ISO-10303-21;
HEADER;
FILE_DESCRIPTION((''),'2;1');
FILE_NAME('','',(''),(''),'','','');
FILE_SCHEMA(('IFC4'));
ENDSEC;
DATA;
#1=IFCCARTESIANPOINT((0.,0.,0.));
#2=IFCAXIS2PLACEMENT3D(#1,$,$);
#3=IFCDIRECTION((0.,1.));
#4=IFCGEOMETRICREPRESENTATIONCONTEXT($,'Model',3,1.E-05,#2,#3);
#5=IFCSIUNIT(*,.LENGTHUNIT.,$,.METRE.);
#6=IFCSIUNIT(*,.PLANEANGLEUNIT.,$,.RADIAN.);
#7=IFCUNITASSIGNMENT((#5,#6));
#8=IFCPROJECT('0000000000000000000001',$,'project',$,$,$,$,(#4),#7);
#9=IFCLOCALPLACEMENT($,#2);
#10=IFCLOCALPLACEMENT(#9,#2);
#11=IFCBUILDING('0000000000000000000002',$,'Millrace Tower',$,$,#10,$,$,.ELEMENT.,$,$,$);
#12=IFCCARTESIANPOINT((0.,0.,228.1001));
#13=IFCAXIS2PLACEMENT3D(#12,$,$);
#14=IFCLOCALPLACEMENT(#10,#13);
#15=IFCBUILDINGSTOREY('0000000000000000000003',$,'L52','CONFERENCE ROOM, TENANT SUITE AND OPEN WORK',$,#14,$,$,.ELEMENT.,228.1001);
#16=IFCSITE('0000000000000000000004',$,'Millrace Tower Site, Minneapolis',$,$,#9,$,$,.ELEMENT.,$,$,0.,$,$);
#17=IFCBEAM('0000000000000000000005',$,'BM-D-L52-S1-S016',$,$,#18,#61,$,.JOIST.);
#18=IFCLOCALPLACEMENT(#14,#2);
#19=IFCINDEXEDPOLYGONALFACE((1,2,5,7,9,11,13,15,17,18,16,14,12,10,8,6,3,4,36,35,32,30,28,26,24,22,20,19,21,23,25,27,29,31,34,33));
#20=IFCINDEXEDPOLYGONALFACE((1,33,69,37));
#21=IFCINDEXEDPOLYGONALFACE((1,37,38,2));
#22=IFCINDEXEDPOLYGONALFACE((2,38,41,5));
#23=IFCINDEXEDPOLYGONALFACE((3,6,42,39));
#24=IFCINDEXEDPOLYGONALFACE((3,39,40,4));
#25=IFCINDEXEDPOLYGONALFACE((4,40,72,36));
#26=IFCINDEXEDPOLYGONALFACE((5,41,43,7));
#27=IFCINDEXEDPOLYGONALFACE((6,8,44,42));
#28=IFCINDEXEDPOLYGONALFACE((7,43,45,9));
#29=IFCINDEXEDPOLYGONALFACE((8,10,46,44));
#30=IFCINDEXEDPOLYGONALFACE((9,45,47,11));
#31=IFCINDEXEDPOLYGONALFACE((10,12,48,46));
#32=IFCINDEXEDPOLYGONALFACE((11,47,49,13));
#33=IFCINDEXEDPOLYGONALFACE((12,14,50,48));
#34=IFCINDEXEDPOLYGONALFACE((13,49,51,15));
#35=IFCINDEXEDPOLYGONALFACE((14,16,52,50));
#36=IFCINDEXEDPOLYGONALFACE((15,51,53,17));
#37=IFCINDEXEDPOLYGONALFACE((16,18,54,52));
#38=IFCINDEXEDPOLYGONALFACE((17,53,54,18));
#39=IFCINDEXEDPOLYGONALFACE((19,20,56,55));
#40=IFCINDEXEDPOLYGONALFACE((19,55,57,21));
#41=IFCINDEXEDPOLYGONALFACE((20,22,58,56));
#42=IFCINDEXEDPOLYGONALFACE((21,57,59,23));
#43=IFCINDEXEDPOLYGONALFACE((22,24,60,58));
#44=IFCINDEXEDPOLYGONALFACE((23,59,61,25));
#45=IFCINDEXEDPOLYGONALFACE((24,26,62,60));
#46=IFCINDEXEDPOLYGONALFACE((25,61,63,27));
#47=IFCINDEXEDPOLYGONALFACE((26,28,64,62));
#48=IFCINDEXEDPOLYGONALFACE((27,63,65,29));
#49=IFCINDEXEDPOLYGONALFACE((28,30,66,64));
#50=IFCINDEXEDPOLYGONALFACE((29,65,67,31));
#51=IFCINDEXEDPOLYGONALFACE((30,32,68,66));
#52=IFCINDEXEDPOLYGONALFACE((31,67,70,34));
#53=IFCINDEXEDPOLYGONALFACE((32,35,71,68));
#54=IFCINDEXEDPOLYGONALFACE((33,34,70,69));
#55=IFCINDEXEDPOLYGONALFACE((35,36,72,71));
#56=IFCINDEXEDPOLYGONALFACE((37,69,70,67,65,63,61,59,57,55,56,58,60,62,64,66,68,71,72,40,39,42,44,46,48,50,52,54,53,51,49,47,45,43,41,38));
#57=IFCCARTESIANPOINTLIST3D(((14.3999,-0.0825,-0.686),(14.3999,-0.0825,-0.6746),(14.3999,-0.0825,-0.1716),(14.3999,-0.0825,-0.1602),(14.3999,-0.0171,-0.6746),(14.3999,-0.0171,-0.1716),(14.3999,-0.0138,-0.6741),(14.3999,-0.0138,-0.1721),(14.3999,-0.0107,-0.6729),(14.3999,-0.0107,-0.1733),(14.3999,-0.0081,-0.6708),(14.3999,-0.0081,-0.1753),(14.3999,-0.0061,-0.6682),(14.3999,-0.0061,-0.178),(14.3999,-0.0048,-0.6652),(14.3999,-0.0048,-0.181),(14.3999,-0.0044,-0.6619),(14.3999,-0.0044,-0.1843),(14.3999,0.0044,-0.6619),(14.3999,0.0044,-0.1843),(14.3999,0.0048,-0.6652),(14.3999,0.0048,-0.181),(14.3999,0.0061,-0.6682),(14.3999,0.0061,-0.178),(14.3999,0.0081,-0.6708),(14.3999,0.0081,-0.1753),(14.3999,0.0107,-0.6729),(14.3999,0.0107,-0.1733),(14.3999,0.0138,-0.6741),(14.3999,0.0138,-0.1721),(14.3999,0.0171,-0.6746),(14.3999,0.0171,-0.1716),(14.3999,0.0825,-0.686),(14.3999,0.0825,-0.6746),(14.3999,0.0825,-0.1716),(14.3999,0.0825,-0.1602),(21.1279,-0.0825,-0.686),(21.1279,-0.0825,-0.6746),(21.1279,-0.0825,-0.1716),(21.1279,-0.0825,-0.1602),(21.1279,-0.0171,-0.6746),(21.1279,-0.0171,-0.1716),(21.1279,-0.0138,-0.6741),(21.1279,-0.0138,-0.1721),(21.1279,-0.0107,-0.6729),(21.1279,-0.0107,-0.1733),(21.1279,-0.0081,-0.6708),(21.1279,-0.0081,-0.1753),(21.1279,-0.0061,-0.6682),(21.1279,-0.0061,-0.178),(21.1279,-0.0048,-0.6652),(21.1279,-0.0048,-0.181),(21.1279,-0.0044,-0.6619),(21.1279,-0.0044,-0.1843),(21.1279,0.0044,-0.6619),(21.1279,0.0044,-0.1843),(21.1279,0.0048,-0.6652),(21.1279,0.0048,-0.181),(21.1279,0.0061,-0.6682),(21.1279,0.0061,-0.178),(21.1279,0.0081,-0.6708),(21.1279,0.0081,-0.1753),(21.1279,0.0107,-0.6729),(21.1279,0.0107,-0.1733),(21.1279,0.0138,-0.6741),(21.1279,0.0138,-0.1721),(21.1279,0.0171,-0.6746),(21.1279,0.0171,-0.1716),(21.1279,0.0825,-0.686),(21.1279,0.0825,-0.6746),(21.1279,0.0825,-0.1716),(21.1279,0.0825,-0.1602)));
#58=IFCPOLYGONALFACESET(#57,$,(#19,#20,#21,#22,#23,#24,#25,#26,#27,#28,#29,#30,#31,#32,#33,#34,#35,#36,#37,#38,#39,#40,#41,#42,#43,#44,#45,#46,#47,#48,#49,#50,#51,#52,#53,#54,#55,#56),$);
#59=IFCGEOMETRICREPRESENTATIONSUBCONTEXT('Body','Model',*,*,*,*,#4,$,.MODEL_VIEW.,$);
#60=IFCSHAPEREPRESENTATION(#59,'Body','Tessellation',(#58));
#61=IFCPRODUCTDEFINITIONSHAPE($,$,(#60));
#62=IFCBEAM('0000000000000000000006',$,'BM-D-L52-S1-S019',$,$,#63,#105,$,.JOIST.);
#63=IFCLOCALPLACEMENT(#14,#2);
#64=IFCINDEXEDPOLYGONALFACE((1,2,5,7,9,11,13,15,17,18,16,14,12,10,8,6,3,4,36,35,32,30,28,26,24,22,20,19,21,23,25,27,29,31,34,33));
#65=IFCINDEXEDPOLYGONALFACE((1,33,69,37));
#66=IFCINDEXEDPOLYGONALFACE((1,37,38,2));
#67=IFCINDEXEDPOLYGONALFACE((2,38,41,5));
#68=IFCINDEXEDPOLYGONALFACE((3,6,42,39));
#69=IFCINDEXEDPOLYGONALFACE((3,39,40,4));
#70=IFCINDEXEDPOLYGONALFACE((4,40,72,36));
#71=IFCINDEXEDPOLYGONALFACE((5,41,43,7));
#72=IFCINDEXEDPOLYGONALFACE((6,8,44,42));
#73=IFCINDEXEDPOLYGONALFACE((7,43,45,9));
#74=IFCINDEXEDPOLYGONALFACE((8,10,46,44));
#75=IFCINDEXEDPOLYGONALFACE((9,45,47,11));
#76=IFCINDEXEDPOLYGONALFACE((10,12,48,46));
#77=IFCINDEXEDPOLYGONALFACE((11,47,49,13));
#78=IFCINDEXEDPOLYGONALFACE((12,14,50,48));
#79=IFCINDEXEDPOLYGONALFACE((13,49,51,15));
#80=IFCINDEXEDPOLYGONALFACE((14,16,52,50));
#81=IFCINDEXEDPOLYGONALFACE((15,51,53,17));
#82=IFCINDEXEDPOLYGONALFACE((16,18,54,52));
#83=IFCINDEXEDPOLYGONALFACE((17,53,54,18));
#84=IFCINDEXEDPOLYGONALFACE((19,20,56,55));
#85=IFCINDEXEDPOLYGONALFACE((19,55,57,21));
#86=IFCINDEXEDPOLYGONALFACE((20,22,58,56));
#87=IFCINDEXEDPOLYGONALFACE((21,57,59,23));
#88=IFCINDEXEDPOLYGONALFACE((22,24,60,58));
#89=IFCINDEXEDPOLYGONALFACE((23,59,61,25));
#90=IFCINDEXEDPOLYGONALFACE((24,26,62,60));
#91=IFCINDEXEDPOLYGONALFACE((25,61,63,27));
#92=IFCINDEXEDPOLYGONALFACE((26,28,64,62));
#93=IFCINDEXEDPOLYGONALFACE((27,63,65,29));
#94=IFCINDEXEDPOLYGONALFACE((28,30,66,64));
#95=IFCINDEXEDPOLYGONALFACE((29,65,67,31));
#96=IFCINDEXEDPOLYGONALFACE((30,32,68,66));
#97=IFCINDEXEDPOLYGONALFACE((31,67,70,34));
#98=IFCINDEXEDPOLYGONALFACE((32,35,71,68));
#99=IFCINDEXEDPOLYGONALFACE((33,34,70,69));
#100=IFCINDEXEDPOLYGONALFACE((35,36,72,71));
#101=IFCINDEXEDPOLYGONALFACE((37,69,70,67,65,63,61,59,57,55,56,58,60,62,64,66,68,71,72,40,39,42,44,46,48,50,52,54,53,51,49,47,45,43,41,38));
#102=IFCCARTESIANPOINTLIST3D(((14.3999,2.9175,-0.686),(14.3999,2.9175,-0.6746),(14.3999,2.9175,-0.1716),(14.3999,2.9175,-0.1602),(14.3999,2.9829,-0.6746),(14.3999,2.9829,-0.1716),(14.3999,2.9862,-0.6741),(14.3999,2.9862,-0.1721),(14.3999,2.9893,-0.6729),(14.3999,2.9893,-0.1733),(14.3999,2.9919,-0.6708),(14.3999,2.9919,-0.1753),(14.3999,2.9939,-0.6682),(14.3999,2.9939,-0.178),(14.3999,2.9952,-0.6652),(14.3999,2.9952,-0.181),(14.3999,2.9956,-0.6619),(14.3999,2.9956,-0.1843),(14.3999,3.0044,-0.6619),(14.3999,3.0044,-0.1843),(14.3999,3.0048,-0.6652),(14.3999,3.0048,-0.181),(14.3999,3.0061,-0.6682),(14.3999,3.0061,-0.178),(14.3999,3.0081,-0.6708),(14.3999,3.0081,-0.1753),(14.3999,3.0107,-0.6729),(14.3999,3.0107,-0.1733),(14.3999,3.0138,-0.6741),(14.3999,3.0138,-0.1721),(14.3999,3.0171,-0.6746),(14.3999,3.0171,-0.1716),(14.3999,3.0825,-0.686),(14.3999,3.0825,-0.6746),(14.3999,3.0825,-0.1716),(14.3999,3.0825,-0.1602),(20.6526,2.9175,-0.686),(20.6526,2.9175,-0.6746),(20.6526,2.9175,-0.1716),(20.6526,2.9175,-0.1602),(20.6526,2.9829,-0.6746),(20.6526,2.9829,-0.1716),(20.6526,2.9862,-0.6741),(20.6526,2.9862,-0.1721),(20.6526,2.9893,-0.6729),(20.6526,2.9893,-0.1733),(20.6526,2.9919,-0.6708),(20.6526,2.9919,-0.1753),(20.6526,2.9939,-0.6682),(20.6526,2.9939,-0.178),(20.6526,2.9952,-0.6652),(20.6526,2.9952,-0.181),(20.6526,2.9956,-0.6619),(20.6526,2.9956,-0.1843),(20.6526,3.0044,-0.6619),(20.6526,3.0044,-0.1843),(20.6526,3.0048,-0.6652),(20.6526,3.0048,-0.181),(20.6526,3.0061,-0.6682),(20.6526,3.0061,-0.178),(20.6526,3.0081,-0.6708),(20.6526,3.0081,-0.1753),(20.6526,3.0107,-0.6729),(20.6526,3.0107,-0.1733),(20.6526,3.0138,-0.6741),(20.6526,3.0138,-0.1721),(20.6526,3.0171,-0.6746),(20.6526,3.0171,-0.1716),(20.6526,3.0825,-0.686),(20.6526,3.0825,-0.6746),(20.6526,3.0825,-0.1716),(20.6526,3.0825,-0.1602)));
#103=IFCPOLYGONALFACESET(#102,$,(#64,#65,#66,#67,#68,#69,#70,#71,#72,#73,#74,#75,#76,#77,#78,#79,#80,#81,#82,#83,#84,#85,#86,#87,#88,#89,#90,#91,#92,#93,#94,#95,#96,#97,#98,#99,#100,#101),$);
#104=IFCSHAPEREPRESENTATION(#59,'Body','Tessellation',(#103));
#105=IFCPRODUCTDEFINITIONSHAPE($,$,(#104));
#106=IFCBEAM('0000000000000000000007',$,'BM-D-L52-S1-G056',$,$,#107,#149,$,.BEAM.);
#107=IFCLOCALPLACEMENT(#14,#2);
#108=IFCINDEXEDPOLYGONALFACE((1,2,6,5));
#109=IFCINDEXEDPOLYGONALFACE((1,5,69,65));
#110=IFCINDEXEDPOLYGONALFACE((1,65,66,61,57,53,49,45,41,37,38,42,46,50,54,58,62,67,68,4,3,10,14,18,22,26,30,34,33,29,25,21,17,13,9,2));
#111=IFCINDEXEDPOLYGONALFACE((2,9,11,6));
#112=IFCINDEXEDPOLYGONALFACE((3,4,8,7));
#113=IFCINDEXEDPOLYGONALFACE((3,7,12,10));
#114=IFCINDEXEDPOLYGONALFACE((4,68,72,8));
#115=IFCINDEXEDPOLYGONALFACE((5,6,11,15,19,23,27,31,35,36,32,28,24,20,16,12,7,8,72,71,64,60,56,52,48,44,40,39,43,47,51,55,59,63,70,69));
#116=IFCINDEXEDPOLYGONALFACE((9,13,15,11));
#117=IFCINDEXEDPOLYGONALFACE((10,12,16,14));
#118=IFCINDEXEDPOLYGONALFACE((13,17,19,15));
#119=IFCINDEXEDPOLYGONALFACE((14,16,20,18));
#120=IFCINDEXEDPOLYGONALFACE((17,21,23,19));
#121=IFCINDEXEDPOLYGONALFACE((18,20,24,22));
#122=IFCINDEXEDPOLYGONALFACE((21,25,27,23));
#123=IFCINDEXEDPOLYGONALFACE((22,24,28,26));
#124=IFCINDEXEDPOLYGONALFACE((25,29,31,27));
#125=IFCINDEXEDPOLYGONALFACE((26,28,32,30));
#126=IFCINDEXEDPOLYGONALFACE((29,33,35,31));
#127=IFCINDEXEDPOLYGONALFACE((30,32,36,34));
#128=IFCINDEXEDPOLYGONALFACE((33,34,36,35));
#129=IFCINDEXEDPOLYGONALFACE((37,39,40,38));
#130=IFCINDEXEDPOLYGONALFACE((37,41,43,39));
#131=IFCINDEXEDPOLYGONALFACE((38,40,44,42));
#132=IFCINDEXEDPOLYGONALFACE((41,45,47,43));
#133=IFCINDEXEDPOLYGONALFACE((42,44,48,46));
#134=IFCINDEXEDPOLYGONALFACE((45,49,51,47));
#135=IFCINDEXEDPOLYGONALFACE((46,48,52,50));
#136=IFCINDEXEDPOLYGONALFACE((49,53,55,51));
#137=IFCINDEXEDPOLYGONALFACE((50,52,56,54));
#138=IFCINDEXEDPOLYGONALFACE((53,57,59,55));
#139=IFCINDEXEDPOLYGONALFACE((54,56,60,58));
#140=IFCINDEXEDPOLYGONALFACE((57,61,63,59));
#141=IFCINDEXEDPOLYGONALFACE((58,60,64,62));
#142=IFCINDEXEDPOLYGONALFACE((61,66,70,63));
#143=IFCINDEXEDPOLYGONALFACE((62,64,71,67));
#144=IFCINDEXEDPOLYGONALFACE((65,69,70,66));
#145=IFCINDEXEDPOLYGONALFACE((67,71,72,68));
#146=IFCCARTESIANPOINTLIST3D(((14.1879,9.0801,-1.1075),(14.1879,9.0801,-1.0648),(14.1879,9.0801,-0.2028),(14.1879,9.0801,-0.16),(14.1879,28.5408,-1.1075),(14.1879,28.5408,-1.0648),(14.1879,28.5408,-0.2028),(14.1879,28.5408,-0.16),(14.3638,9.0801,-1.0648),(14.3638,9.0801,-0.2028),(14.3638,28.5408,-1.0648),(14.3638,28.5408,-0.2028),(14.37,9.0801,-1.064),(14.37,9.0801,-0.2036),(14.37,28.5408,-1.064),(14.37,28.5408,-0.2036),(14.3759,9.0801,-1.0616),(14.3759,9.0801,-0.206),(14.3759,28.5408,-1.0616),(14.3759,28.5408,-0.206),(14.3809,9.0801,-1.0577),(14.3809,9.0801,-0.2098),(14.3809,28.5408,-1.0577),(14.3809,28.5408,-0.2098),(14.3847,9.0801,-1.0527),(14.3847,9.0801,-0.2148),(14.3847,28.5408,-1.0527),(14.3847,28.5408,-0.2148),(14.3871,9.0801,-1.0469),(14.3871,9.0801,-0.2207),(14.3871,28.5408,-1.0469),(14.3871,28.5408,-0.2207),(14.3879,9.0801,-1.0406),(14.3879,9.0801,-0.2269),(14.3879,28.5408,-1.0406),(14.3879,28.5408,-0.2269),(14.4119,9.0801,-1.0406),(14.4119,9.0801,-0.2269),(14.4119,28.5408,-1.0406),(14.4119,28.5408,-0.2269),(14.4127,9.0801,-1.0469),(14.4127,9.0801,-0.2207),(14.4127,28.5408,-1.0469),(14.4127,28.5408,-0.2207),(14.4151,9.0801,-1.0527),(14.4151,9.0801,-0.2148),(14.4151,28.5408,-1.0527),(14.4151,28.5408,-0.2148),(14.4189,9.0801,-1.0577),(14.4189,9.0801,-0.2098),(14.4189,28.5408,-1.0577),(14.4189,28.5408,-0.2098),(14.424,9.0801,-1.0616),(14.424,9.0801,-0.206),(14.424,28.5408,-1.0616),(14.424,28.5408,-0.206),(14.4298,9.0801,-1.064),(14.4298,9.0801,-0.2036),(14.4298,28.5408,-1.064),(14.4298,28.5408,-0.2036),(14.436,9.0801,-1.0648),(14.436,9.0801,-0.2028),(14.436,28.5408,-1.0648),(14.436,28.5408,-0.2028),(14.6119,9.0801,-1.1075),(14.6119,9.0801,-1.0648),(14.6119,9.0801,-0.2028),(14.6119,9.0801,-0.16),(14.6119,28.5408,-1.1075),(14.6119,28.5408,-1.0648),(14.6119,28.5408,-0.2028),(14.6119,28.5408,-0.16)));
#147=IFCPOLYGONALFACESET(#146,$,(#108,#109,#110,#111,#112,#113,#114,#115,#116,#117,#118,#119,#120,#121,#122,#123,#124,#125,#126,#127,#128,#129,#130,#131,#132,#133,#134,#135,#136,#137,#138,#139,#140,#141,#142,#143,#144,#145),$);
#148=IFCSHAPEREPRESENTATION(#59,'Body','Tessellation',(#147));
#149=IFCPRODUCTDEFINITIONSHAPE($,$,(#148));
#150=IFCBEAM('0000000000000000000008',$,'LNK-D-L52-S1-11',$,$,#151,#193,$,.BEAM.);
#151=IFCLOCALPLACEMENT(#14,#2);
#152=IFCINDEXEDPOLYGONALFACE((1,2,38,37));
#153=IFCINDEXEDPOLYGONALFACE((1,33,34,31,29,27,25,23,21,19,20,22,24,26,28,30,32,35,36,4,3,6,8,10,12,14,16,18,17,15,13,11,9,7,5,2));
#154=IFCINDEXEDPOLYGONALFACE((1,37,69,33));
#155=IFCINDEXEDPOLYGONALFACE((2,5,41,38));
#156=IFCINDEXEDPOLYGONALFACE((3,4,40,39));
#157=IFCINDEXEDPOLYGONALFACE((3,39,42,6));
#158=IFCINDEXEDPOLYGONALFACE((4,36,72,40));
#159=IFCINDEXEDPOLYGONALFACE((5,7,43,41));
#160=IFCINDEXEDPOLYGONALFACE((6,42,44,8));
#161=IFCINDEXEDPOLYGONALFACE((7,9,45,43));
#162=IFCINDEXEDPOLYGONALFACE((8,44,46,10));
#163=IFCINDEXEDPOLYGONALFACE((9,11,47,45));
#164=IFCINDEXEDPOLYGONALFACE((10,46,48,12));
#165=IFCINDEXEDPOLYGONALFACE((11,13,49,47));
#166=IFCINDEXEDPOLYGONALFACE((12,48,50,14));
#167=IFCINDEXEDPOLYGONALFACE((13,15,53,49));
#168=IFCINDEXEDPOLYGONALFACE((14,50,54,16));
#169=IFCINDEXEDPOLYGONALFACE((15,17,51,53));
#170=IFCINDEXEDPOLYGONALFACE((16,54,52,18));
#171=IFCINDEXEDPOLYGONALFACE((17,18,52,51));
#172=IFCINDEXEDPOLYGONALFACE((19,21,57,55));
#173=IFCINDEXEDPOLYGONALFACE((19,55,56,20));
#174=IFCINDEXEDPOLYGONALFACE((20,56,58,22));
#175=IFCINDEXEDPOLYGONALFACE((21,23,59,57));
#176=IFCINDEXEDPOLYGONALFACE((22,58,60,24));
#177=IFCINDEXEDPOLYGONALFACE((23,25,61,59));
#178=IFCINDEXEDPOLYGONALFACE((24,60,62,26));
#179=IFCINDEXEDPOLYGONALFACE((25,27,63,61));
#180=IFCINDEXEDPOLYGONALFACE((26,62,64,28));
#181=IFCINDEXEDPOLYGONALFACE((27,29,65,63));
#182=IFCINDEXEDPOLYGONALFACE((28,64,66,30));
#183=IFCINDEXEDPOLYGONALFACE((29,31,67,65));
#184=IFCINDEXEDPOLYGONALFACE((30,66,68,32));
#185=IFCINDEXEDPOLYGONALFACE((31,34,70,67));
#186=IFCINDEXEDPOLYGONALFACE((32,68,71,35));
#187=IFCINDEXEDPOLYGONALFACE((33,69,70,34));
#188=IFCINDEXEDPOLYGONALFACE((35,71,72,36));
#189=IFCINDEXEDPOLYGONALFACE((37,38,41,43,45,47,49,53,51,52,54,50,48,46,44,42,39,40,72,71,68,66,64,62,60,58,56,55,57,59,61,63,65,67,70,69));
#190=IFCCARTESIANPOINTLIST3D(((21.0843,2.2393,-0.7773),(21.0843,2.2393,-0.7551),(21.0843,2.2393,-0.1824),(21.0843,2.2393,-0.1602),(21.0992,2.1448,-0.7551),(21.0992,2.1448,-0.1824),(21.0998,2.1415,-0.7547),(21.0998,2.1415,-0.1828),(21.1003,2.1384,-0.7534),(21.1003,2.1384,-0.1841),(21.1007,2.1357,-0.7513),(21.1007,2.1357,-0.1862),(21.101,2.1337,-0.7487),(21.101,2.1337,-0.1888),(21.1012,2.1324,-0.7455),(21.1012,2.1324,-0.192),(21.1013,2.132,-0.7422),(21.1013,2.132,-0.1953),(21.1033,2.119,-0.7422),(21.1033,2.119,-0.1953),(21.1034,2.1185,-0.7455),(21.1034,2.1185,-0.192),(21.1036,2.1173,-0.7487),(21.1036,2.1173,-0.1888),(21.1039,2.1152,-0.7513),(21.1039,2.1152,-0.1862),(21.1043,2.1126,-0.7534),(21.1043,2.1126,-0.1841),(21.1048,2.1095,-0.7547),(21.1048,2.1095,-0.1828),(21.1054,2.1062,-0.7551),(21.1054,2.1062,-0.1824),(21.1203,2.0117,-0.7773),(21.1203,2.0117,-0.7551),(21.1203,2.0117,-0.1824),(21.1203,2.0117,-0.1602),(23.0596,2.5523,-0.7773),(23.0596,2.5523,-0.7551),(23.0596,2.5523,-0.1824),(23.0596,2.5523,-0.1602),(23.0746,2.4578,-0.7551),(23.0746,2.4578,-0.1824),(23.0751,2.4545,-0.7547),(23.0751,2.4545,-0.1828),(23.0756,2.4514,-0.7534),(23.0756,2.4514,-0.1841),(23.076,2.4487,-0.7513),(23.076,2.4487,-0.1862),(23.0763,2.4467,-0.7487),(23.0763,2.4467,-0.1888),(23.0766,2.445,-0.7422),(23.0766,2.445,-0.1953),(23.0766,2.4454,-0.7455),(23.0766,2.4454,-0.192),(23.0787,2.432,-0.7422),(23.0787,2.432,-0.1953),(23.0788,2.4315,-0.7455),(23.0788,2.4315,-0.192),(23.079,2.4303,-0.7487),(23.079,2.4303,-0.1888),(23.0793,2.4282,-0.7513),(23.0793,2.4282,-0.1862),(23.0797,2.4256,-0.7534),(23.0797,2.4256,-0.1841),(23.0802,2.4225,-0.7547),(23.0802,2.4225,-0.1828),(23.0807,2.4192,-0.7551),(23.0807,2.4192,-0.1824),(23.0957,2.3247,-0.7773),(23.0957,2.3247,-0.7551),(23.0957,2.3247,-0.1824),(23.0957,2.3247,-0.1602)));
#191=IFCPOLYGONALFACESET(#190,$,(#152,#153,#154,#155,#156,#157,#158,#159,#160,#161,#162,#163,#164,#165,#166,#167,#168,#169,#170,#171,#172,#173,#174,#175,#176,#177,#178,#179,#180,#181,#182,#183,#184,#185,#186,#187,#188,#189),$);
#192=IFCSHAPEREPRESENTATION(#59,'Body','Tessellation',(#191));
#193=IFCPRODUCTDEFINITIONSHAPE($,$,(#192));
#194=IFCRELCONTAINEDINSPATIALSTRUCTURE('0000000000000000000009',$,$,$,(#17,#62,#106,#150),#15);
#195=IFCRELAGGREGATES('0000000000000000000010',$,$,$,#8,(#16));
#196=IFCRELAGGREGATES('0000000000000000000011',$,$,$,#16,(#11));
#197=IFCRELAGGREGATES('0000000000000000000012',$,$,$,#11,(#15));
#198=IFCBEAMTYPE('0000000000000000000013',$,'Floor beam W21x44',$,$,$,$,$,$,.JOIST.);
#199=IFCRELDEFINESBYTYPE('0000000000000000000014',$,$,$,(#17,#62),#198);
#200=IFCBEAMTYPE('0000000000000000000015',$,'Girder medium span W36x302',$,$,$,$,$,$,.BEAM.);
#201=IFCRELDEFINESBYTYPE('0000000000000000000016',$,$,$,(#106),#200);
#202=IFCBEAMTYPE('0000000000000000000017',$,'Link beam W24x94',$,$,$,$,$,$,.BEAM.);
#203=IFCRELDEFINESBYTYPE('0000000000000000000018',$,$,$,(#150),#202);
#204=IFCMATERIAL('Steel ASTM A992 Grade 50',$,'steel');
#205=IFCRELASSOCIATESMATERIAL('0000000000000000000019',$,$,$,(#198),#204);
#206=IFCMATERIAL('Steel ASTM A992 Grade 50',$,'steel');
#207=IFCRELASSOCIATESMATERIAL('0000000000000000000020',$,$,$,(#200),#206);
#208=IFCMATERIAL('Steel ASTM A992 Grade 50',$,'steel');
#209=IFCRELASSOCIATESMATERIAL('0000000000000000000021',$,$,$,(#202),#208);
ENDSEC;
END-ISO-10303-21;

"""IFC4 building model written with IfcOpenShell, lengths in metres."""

from ifc_helpers import new_model, si_unit, direction, frame, origin, origin_2d, place, context, subcontext, project, spatial, i_section, extrude, material, material_profile, profile_set, type_object, element, save


model = new_model("IFC4")

# Units and contexts
model_context = context("Model", 3, precision=1e-05, world=origin(), true_north=direction((0.0, 1.0)))
body_context = subcontext(model_context, "Body", "Model", "MODEL_VIEW")
ifc_project = project(units=[si_unit("LENGTHUNIT", "METRE"), si_unit("PLANEANGLEUNIT", "RADIAN")], contexts=[model_context])

# Site, building, storey
site_placement = place(None, origin())
site = spatial("IfcSite", under=ifc_project, at=site_placement, Name="Millrace Tower Site, Minneapolis", CompositionType="ELEMENT", RefElevation=0.0)
building_placement = place(site_placement, origin())
building = spatial("IfcBuilding", under=site, at=building_placement, Name="Millrace Tower", CompositionType="ELEMENT")
storey_placement = place(building_placement, frame((0.0, 0.0, 228.1001)))
storey = spatial("IfcBuildingStorey", under=building, at=storey_placement, Name="L52", Description="CONFERENCE ROOM, TENANT SUITE AND OPEN WORK", CompositionType="ELEMENT", Elevation=228.1001)

# Beams
ifc_material_1 = material(Name="Steel ASTM A992 Grade 50", Category="steel")
ifc_material_profile_1 = material_profile(ifc_material_1, i_section(OverallWidth=0.165, OverallDepth=0.5259, WebThickness=0.0088, FlangeThickness=0.0115, FilletRadius=0.0127, at=origin_2d()))
ifc_profile_set_1 = profile_set([ifc_material_profile_1], Name="Steel ASTM A992 Grade 50")
beam_type_1 = type_object("IfcBeamType", Name="Floor beam W21x44", PredefinedType="JOIST", material=ifc_profile_set_1)
beam_1_placement = place(storey_placement, frame((14.3999, 0.0, -0.4231), z_axis=(1.0, 0.0, 0.0), x_axis=(0.0, 1.0, 0.0)))
element("IfcBeam", 1, at=beam_1_placement, inside=storey, type_object=beam_type_1, Name="BM-D-L52-S1-S016", PredefinedType="JOIST", context=body_context, shape_type="SweptSolid", body=[
    extrude(i_section(OverallWidth=0.165, OverallDepth=0.5259, WebThickness=0.0088, FlangeThickness=0.0115, FilletRadius=0.0127, at=origin_2d()), origin(), (0.0, 0.0, 1.0), 6.728),
])
beam_2_placement = place(storey_placement, frame((14.3999, 3.0, -0.4231), z_axis=(1.0, 0.0, 0.0), x_axis=(0.0, 1.0, 0.0)))
element("IfcBeam", 2, at=beam_2_placement, inside=storey, type_object=beam_type_1, Name="BM-D-L52-S1-S019", PredefinedType="JOIST", context=body_context, shape_type="SweptSolid", body=[
    extrude(i_section(OverallWidth=0.165, OverallDepth=0.5259, WebThickness=0.0088, FlangeThickness=0.0115, FilletRadius=0.0127, at=origin_2d()), origin(), (0.0, 0.0, 1.0), 6.2527),
])
ifc_material_2 = material(Name="Steel ASTM A992 Grade 50", Category="steel")
ifc_material_profile_2 = material_profile(ifc_material_2, i_section(OverallWidth=0.4241, OverallDepth=0.9475, WebThickness=0.0239, FlangeThickness=0.0427, FilletRadius=0.0242, at=origin_2d()))
ifc_profile_set_2 = profile_set([ifc_material_profile_2], Name="Steel ASTM A992 Grade 50")
beam_type_2 = type_object("IfcBeamType", Name="Girder medium span W36x302", PredefinedType="BEAM", material=ifc_profile_set_2)
beam_3_placement = place(storey_placement, frame((14.3999, 9.0801, -0.6338), z_axis=(0.0, 1.0, 0.0), x_axis=(-1.0, 0.0, 0.0)))
element("IfcBeam", 3, at=beam_3_placement, inside=storey, type_object=beam_type_2, Name="BM-D-L52-S1-G056", PredefinedType="BEAM", context=body_context, shape_type="SweptSolid", body=[
    extrude(i_section(OverallWidth=0.4241, OverallDepth=0.9475, WebThickness=0.0239, FlangeThickness=0.0427, FilletRadius=0.0242, at=origin_2d()), origin(), (0.0, 0.0, 1.0), 19.4607),
])
ifc_material_3 = material(Name="Steel ASTM A992 Grade 50", Category="steel")
ifc_material_profile_3 = material_profile(ifc_material_3, i_section(OverallWidth=0.2305, OverallDepth=0.6172, WebThickness=0.0132, FlangeThickness=0.0222, FilletRadius=0.0129, at=origin_2d()))
ifc_profile_set_3 = profile_set([ifc_material_profile_3], Name="Steel ASTM A992 Grade 50")
beam_type_3 = type_object("IfcBeamType", Name="Link beam W24x94", PredefinedType="BEAM", material=ifc_profile_set_3)
beam_4_placement = place(storey_placement, frame((21.1023, 2.1255, -0.4688), z_axis=(0.987679, 0.156495, 0.0), x_axis=(-0.156495, 0.987679, 0.0)))
element("IfcBeam", 4, at=beam_4_placement, inside=storey, type_object=beam_type_3, Name="LNK-D-L52-S1-11", PredefinedType="BEAM", context=body_context, shape_type="SweptSolid", body=[
    extrude(i_section(OverallWidth=0.2305, OverallDepth=0.6172, WebThickness=0.0132, FlangeThickness=0.0222, FilletRadius=0.0129, at=origin_2d()), origin(), (0.0, 0.0, 1.0), 2.0),
])

save(model, "model.ifc")
